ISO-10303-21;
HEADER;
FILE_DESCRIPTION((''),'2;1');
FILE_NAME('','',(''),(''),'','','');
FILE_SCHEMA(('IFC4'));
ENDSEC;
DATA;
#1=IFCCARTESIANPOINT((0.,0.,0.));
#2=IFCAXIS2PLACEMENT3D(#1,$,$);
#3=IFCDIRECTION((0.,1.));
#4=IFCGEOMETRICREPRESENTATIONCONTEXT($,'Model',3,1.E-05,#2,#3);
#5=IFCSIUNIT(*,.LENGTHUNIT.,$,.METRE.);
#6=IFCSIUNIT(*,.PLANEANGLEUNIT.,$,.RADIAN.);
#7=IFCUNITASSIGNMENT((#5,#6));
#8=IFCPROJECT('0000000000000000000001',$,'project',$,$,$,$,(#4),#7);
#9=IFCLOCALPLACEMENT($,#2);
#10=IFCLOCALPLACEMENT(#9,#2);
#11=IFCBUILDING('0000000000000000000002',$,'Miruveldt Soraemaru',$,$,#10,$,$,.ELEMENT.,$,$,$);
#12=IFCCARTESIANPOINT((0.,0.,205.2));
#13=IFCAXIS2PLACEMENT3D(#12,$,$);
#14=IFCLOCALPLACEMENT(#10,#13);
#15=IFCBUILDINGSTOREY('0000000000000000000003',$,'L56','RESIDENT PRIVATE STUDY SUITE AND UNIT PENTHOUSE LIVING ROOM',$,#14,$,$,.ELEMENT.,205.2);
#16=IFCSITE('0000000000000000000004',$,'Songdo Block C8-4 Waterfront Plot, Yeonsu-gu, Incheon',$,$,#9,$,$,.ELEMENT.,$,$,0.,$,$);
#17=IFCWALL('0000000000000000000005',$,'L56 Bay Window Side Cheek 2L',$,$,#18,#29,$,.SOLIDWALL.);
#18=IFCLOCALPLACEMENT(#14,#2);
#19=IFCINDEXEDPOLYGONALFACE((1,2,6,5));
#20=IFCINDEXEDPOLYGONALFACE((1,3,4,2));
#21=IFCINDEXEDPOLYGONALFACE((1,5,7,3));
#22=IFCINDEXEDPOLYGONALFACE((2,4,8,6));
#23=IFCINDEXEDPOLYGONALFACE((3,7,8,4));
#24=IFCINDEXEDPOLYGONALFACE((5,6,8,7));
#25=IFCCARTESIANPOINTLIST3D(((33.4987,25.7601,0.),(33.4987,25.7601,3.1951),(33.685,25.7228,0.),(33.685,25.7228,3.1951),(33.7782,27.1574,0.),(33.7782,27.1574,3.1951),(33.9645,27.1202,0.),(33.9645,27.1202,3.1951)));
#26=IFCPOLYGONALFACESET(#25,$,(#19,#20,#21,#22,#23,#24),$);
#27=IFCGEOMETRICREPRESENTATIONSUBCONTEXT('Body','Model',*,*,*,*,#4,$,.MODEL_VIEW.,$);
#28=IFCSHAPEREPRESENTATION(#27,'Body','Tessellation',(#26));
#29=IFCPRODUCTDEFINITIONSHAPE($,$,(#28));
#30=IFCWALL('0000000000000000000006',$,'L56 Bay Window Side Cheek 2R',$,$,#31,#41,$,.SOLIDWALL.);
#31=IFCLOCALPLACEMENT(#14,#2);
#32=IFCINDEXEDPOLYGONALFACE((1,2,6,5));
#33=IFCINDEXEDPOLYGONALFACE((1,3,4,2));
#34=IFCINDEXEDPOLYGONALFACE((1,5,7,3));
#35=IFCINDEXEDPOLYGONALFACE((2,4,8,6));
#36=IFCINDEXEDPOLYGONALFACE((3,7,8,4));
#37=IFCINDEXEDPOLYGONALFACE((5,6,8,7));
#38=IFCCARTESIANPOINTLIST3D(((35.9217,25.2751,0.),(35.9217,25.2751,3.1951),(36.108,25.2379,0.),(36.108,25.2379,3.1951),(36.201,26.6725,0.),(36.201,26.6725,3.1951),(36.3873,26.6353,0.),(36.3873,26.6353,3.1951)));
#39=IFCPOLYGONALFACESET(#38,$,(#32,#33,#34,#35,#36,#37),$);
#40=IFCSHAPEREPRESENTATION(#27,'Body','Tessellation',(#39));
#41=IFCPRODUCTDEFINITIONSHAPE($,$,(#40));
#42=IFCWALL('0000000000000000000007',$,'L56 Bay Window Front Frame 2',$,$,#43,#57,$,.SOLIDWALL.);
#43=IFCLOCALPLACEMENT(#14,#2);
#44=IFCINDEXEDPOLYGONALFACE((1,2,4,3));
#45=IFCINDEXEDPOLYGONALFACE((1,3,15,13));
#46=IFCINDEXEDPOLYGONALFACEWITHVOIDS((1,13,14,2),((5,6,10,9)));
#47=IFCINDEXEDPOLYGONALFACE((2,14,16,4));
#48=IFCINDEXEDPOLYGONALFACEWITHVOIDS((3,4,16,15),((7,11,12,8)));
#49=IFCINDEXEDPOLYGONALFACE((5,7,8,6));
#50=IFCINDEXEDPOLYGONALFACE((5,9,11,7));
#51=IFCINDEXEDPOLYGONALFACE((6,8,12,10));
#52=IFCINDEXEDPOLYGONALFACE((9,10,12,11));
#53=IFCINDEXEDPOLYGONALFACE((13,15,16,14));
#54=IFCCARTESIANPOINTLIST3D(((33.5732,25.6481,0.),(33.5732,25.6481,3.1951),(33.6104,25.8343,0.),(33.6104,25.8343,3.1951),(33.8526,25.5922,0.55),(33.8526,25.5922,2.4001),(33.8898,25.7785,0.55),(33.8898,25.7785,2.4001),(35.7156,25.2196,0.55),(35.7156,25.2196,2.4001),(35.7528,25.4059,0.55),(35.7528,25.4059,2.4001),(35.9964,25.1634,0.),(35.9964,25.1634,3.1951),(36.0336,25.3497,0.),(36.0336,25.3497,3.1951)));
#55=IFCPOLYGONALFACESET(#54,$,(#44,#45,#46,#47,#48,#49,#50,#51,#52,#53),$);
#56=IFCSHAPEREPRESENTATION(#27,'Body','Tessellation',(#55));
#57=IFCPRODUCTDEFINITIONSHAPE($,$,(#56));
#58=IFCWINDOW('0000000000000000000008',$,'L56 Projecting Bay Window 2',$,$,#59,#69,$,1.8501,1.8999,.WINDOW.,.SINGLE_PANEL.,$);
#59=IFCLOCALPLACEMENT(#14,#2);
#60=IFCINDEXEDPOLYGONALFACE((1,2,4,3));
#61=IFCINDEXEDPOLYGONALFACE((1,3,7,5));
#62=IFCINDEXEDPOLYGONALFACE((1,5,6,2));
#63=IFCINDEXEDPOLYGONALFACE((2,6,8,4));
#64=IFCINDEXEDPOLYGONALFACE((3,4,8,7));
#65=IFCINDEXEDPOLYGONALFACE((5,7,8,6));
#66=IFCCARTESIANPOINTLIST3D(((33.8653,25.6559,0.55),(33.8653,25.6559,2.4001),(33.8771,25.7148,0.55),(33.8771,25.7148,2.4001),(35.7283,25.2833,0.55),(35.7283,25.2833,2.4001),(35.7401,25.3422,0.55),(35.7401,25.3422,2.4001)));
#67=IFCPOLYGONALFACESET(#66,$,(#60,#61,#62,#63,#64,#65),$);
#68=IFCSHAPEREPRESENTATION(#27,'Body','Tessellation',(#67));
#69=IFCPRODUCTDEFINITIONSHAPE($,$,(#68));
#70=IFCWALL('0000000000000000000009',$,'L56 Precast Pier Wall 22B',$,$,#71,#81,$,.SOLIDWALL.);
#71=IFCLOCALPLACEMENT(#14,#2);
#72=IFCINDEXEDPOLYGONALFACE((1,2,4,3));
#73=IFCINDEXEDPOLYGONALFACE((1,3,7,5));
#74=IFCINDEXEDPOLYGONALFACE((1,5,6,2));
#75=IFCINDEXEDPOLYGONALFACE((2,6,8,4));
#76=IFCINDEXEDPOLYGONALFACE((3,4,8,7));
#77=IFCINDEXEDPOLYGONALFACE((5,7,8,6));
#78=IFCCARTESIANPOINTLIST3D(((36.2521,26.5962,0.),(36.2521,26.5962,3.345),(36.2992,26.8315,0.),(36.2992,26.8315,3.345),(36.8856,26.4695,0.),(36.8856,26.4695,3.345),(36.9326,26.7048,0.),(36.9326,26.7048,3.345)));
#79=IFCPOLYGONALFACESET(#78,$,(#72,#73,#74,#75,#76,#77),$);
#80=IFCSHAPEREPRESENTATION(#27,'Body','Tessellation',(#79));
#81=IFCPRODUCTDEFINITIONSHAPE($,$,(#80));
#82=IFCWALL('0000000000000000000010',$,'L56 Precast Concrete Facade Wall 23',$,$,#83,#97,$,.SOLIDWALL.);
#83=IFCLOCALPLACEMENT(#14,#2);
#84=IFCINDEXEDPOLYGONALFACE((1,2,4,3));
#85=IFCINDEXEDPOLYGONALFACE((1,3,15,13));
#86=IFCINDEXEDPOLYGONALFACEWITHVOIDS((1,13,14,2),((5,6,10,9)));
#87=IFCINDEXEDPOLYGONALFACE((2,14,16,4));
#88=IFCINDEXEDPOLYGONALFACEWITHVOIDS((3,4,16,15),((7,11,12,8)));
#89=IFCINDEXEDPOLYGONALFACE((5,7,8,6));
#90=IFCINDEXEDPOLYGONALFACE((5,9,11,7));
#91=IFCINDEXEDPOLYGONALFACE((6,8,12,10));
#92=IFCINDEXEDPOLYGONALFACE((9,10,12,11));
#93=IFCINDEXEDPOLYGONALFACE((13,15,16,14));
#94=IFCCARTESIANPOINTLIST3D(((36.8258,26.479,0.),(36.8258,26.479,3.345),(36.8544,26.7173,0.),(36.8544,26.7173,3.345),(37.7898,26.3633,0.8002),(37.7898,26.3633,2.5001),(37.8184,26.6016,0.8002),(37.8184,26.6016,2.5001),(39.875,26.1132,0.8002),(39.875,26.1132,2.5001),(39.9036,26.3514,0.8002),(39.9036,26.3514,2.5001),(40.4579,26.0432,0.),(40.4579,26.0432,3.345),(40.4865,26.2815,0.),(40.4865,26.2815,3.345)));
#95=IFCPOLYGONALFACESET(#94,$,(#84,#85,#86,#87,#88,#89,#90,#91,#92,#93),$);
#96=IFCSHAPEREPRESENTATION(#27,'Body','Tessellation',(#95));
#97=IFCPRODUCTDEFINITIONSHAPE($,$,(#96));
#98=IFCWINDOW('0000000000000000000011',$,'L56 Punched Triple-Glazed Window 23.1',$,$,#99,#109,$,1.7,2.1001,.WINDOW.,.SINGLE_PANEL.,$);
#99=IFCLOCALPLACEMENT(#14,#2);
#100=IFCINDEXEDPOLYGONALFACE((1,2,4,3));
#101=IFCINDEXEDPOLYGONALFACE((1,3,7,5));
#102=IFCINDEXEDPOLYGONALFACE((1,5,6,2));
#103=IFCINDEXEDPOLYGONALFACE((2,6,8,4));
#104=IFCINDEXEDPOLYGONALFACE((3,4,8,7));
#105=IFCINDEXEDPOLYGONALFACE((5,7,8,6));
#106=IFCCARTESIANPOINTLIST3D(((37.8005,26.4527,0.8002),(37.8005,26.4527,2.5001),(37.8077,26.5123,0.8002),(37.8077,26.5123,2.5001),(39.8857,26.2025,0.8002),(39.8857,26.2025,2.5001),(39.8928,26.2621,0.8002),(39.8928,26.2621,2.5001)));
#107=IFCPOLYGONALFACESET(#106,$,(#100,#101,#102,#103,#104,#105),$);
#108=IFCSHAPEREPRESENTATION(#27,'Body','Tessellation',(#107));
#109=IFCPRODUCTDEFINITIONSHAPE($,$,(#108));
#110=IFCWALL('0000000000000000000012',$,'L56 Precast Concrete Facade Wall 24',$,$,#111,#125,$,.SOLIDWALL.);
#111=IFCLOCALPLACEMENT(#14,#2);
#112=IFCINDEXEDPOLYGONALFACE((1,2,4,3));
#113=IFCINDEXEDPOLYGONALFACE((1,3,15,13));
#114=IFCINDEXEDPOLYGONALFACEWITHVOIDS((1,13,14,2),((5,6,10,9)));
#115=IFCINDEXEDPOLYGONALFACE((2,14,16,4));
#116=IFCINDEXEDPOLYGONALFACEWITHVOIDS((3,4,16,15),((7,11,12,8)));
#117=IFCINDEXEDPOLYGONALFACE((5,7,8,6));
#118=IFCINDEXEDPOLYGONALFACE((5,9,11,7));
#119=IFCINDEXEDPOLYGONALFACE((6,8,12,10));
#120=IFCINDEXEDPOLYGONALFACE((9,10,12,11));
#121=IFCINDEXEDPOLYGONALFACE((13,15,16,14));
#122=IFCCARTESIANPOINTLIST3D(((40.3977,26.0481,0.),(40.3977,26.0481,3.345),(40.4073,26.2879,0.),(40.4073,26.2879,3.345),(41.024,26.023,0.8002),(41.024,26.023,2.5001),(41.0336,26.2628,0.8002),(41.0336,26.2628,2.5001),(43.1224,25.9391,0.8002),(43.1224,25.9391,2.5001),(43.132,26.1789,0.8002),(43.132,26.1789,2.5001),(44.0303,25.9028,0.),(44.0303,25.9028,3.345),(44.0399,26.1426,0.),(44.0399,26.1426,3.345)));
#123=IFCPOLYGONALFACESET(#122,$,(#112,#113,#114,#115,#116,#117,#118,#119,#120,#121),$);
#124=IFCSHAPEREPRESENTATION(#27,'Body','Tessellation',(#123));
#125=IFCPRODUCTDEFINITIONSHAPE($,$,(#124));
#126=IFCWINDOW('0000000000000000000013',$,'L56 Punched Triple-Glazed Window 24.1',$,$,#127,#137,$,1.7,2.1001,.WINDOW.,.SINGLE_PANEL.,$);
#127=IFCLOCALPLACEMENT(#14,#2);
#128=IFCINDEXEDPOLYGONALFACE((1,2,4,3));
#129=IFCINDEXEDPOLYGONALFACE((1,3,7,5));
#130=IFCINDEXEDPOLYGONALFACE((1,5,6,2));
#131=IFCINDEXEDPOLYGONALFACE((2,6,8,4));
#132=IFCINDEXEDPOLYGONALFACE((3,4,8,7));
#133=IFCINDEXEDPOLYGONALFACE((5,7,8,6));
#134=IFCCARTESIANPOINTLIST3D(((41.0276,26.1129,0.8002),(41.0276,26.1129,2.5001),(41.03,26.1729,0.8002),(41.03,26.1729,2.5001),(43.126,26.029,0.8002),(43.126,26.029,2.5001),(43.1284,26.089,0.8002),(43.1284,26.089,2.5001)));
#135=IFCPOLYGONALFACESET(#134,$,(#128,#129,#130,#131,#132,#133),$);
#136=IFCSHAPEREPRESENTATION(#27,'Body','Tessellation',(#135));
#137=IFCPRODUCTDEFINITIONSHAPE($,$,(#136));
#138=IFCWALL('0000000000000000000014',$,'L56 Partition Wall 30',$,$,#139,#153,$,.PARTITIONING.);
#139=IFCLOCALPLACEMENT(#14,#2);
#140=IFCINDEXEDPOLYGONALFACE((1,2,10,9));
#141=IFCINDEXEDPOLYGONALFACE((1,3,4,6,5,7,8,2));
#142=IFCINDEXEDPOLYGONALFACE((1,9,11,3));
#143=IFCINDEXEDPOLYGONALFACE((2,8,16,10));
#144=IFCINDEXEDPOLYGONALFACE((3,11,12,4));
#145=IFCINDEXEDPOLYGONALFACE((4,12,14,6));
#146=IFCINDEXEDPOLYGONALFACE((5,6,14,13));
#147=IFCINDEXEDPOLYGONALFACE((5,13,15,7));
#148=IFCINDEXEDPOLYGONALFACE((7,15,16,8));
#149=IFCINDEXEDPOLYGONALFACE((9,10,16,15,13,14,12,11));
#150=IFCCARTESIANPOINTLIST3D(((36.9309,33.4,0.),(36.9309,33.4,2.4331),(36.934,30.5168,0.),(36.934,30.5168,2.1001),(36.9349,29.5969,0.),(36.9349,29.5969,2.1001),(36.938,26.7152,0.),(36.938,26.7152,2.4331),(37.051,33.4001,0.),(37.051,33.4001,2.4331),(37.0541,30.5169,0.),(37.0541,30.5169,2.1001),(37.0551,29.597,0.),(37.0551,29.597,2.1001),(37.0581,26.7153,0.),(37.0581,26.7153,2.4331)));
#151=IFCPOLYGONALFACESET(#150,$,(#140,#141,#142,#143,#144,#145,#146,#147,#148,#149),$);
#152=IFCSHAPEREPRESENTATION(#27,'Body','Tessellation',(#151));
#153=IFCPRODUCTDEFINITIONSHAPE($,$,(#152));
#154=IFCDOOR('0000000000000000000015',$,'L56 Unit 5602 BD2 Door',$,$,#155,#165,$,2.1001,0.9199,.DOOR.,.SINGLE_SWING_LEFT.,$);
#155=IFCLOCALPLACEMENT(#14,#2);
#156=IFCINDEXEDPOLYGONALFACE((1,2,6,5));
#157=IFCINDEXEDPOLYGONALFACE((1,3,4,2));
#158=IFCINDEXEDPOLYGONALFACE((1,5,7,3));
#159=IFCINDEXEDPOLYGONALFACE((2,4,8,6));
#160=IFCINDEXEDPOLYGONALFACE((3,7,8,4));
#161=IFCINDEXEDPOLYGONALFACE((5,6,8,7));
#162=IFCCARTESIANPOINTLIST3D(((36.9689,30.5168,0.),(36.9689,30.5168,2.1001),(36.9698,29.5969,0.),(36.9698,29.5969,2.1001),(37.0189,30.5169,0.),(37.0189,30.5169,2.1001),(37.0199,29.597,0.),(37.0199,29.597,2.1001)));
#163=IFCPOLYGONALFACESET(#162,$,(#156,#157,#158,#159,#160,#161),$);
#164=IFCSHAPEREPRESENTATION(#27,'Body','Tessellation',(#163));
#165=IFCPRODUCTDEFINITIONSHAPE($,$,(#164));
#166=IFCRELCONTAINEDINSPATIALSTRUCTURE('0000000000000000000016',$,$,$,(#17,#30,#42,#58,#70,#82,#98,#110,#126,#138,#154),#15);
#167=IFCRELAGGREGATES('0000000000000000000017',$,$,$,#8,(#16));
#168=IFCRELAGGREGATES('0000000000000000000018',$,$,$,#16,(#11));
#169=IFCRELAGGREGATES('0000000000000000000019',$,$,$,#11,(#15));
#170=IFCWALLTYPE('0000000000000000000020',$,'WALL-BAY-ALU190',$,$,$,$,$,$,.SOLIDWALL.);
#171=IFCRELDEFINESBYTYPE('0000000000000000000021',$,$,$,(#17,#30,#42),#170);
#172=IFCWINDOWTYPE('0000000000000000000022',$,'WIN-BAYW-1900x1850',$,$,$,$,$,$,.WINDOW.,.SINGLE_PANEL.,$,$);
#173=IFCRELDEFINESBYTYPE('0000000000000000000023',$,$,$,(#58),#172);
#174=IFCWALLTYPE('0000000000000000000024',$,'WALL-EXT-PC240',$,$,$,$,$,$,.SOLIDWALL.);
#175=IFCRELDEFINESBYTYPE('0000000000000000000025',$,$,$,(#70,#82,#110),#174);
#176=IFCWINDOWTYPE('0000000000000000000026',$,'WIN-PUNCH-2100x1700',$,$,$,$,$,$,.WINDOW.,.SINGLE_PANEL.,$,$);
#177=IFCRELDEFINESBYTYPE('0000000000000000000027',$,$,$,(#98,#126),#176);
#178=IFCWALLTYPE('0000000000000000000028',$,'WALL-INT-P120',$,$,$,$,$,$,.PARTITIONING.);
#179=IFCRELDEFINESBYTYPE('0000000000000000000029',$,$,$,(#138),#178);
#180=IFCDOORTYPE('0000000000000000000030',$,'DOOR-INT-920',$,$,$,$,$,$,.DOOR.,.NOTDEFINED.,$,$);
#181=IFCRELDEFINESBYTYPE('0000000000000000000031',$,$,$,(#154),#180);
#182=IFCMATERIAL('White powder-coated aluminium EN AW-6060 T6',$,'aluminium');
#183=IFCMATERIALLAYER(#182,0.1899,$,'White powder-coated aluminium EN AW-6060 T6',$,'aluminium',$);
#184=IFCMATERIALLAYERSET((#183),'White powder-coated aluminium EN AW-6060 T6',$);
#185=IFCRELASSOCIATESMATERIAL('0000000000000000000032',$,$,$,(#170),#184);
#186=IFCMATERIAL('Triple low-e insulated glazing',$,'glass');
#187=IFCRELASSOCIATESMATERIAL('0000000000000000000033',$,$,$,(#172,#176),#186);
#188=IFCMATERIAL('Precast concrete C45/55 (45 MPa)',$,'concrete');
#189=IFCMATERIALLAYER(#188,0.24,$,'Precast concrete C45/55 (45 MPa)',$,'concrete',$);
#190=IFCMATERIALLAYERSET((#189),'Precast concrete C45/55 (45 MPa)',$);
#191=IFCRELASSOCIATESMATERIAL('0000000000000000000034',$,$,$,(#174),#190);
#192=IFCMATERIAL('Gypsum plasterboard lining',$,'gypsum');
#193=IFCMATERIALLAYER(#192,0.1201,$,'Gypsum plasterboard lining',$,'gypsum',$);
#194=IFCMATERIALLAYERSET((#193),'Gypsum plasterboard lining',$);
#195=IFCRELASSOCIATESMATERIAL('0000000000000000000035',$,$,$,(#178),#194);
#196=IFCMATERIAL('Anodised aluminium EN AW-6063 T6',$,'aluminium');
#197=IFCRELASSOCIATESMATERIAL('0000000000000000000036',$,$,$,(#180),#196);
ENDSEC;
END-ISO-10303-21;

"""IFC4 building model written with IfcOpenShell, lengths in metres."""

from ifc_helpers import new_model, si_unit, direction, frame, frame_2d, origin, place, context, subcontext, project, spatial, rectangle, extrude, material, layer, layer_set, type_object, element, fill, save


model = new_model("IFC4")

# Units and contexts
model_context = context("Model", 3, precision=1e-05, world=origin(), true_north=direction((0.0, 1.0)))
body_context = subcontext(model_context, "Body", "Model", "MODEL_VIEW")
ifc_project = project(units=[si_unit("LENGTHUNIT", "METRE"), si_unit("PLANEANGLEUNIT", "RADIAN")], contexts=[model_context])

# Site, building, storey
site_placement = place(None, origin())
site = spatial("IfcSite", under=ifc_project, at=site_placement, Name="Songdo Block C8-4 Waterfront Plot, Yeonsu-gu, Incheon", CompositionType="ELEMENT", RefElevation=0.0)
building_placement = place(site_placement, origin())
building = spatial("IfcBuilding", under=site, at=building_placement, Name="Miruveldt Soraemaru", CompositionType="ELEMENT")
storey_placement = place(building_placement, frame((0.0, 0.0, 205.2)))
storey = spatial("IfcBuildingStorey", under=building, at=storey_placement, Name="L56", Description="RESIDENT PRIVATE STUDY SUITE AND UNIT PENTHOUSE LIVING ROOM", CompositionType="ELEMENT", Elevation=205.2)

# Walls
ifc_material_1 = material(Name="White powder-coated aluminium EN AW-6060 T6", Category="aluminium")
ifc_layer_1 = layer(ifc_material_1, 0.1899, Name="White powder-coated aluminium EN AW-6060 T6", Category="aluminium")
ifc_layer_set_1 = layer_set([ifc_layer_1], Name="White powder-coated aluminium EN AW-6060 T6")
wall_type_1 = type_object("IfcWallType", Name="WALL-BAY-ALU190", PredefinedType="SOLIDWALL", material=ifc_layer_set_1)
for number, where, z_axis, x_axis, name in (
    (1, (33.8713, 27.1387, 0.0), (0.0, 0.0, 1.0), (-0.196149, -0.980574, 0.0), "L56 Bay Window Side Cheek 2L"),
    (2, (36.0149, 25.2566, 0.0), (0.0, 0.0, 1.0), (0.195984, 0.980607, 0.0), "L56 Bay Window Side Cheek 2R"),
):
    element("IfcWall", number, at=place(storey_placement, frame(where, z_axis=z_axis, x_axis=x_axis)), inside=storey, type_object=wall_type_1, Name=name, PredefinedType="SOLIDWALL", context=body_context, shape_type="SweptSolid", body=[
        extrude(rectangle(XDim=1.425, YDim=0.1899, at=frame_2d((0.7124, 0.0))), origin(), (0.0, 0.0, 1.0), 3.1951),
    ])

# Wall, opening, window
wall_1_placement = place(storey_placement, frame((33.5918, 25.7412, 0.0), z_axis=(0.0, 0.0, 1.0), x_axis=(0.980581, -0.196116, 0.0)))
wall_1 = element("IfcWall", 3, at=wall_1_placement, inside=storey, type_object=wall_type_1, Name="L56 Bay Window Front Frame 2", PredefinedType="SOLIDWALL", context=body_context, shape_type="SweptSolid", body=[
    extrude(rectangle(XDim=2.4712, YDim=0.1899, at=frame_2d((1.2356, 0.0))), origin(), (0.0, 0.0, 1.0), 3.1951),
])
opening_1_placement = place(wall_1_placement, frame((0.2849, 0.0, 0.55)))
opening_1 = element("IfcOpeningElement", 4, at=opening_1_placement, cuts=wall_1, PredefinedType="OPENING", context=body_context, shape_type="SweptSolid", body=[
    extrude(rectangle(XDim=1.8999, YDim=1.8501, at=frame_2d((0.95, 0.925))), frame((0.0, 0.105, 0.0), z_axis=(0.0, -1.0, 0.0), x_axis=(1.0, 0.0, 0.0)), (0.0, 0.0, 1.0), 0.21),
])
ifc_material_2 = material(Name="Triple low-e insulated glazing", Category="glass")
window_type_1 = type_object("IfcWindowType", Name="WIN-BAYW-1900x1850", PartitioningType="SINGLE_PANEL", PredefinedType="WINDOW", material=ifc_material_2)
window_1_placement = place(opening_1_placement, origin())
window_1 = element("IfcWindow", 5, at=window_1_placement, inside=storey, type_object=window_type_1, Name="L56 Projecting Bay Window 2", OverallHeight=1.8501, OverallWidth=1.8999, PartitioningType="SINGLE_PANEL", PredefinedType="WINDOW", context=body_context, shape_type="SweptSolid", body=[
    extrude(rectangle(XDim=1.8999, YDim=1.8501, at=frame_2d((0.95, 0.925))), frame((0.0, 0.03, 0.0), z_axis=(0.0, -1.0, 0.0), x_axis=(1.0, 0.0, 0.0)), (0.0, 0.0, 1.0), 0.0601),
])
fill(opening_1, window_1)

# Wall
ifc_material_3 = material(Name="Precast concrete C45/55 (45 MPa)", Category="concrete")
ifc_layer_2 = layer(ifc_material_3, 0.24, Name="Precast concrete C45/55 (45 MPa)", Category="concrete")
ifc_layer_set_2 = layer_set([ifc_layer_2], Name="Precast concrete C45/55 (45 MPa)")
wall_type_2 = type_object("IfcWallType", Name="WALL-EXT-PC240", PredefinedType="SOLIDWALL", material=ifc_layer_set_2)
wall_2_placement = place(storey_placement, frame((36.2756, 26.7139, 0.0), z_axis=(0.0, 0.0, 1.0), x_axis=(0.980581, -0.196116, 0.0)))
element("IfcWall", 6, at=wall_2_placement, inside=storey, type_object=wall_type_2, Name="L56 Precast Pier Wall 22B", PredefinedType="SOLIDWALL", context=body_context, shape_type="SweptSolid", body=[
    extrude(rectangle(XDim=0.646, YDim=0.24, at=frame_2d((0.323, 0.0))), origin(), (0.0, 0.0, 1.0), 3.345),
])

# Walls, openings, windows
wall_3_placement = place(storey_placement, frame((36.8401, 26.5981, 0.0), z_axis=(0.0, 0.0, 1.0), x_axis=(0.992879, -0.119129, 0.0)))
wall_3 = element("IfcWall", 7, at=wall_3_placement, inside=storey, type_object=wall_type_2, Name="L56 Precast Concrete Facade Wall 23", PredefinedType="SOLIDWALL", context=body_context, shape_type="SweptSolid", body=[
    extrude(rectangle(XDim=3.6582, YDim=0.24, at=frame_2d((1.8291, 0.0))), origin(), (0.0, 0.0, 1.0), 3.345),
])
opening_2_placement = place(wall_3_placement, frame((0.9709, 0.0, 0.8)))
opening_2 = element("IfcOpeningElement", 8, at=opening_2_placement, cuts=wall_3, PredefinedType="OPENING", context=body_context, shape_type="SweptSolid", body=[
    extrude(rectangle(XDim=2.1001, YDim=1.7, at=frame_2d((1.05, 0.8501))), frame((0.0, 0.1299, 0.0), z_axis=(0.0, -1.0, 0.0), x_axis=(1.0, 0.0, 0.0)), (0.0, 0.0, 1.0), 0.26),
])
window_type_2 = type_object("IfcWindowType", Name="WIN-PUNCH-2100x1700", PartitioningType="SINGLE_PANEL", PredefinedType="WINDOW", material=ifc_material_2)
window_2_placement = place(opening_2_placement, origin())
window_2 = element("IfcWindow", 9, at=window_2_placement, inside=storey, type_object=window_type_2, Name="L56 Punched Triple-Glazed Window 23.1", OverallHeight=1.7, OverallWidth=2.1001, PartitioningType="SINGLE_PANEL", PredefinedType="WINDOW", context=body_context, shape_type="SweptSolid", body=[
    extrude(rectangle(XDim=2.1001, YDim=1.7, at=frame_2d((1.05, 0.8501))), frame((0.0, 0.03, 0.0), z_axis=(0.0, -1.0, 0.0), x_axis=(1.0, 0.0, 0.0)), (0.0, 0.0, 1.0), 0.0601),
])
fill(opening_2, window_2)
wall_4_placement = place(storey_placement, frame((40.4023, 26.168, 0.0), z_axis=(0.0, 0.0, 1.0), x_axis=(0.999201, -0.039957, 0.0)))
wall_4 = element("IfcWall", 10, at=wall_4_placement, inside=storey, type_object=wall_type_2, Name="L56 Precast Concrete Facade Wall 24", PredefinedType="SOLIDWALL", context=body_context, shape_type="SweptSolid", body=[
    extrude(rectangle(XDim=3.6355, YDim=0.24, at=frame_2d((1.8179, 0.0))), origin(), (0.0, 0.0, 1.0), 3.345),
])
opening_3_placement = place(wall_4_placement, frame((0.627, 0.0, 0.8)))
opening_3 = element("IfcOpeningElement", 11, at=opening_3_placement, cuts=wall_4, PredefinedType="OPENING", context=body_context, shape_type="SweptSolid", body=[
    extrude(rectangle(XDim=2.1001, YDim=1.7, at=frame_2d((1.05, 0.8501))), frame((0.0, 0.1299, 0.0), z_axis=(0.0, -1.0, 0.0), x_axis=(1.0, 0.0, 0.0)), (0.0, 0.0, 1.0), 0.26),
])
window_3_placement = place(opening_3_placement, origin())
window_3 = element("IfcWindow", 12, at=window_3_placement, inside=storey, type_object=window_type_2, Name="L56 Punched Triple-Glazed Window 24.1", OverallHeight=1.7, OverallWidth=2.1001, PartitioningType="SINGLE_PANEL", PredefinedType="WINDOW", context=body_context, shape_type="SweptSolid", body=[
    extrude(rectangle(XDim=2.1001, YDim=1.7, at=frame_2d((1.05, 0.8501))), frame((0.0, 0.03, 0.0), z_axis=(0.0, -1.0, 0.0), x_axis=(1.0, 0.0, 0.0)), (0.0, 0.0, 1.0), 0.0601),
])
fill(opening_3, window_3)

# Wall, opening, door
ifc_material_4 = material(Name="Gypsum plasterboard lining", Category="gypsum")
ifc_layer_3 = layer(ifc_material_4, 0.1201, Name="Gypsum plasterboard lining", Category="gypsum")
ifc_layer_set_3 = layer_set([ifc_layer_3], Name="Gypsum plasterboard lining")
wall_type_3 = type_object("IfcWallType", Name="WALL-INT-P120", PredefinedType="PARTITIONING", material=ifc_layer_set_3)
wall_5_placement = place(storey_placement, frame((36.991, 33.3999, 0.0), z_axis=(0.0, 0.0, 1.0), x_axis=(0.001059, -0.999999, 0.0)))
wall_5 = element("IfcWall", 13, at=wall_5_placement, inside=storey, type_object=wall_type_3, Name="L56 Partition Wall 30", PredefinedType="PARTITIONING", context=body_context, shape_type="SweptSolid", body=[
    extrude(rectangle(XDim=6.6848, YDim=0.1201, at=frame_2d((3.3423, 0.0))), origin(), (0.0, 0.0, 1.0), 2.4331),
])
opening_4_placement = place(wall_5_placement, frame((2.8831, 0.0, 0.0)))
opening_4 = element("IfcOpeningElement", 14, at=opening_4_placement, cuts=wall_5, PredefinedType="OPENING", context=body_context, shape_type="SweptSolid", body=[
    extrude(rectangle(XDim=0.9199, YDim=2.1001, at=frame_2d((0.46, 1.05))), frame((0.0, 0.0701, 0.0), z_axis=(0.0, -1.0, 0.0), x_axis=(1.0, 0.0, 0.0)), (0.0, 0.0, 1.0), 0.1401),
])
ifc_material_5 = material(Name="Anodised aluminium EN AW-6063 T6", Category="aluminium")
door_type_1 = type_object("IfcDoorType", Name="DOOR-INT-920", OperationType="NOTDEFINED", PredefinedType="DOOR", material=ifc_material_5)
door_1_placement = place(opening_4_placement, origin())
door_1 = element("IfcDoor", 15, at=door_1_placement, inside=storey, type_object=door_type_1, Name="L56 Unit 5602 BD2 Door", OperationType="SINGLE_SWING_LEFT", OverallHeight=2.1001, OverallWidth=0.9199, PredefinedType="DOOR", context=body_context, shape_type="SweptSolid", body=[
    extrude(rectangle(XDim=0.9199, YDim=2.1001, at=frame_2d((0.46, 1.05))), frame((0.0, 0.0249, 0.0), z_axis=(0.0, -1.0, 0.0), x_axis=(1.0, 0.0, 0.0)), (0.0, 0.0, 1.0), 0.05),
])
fill(opening_4, door_1)

save(model, "model.ifc")
